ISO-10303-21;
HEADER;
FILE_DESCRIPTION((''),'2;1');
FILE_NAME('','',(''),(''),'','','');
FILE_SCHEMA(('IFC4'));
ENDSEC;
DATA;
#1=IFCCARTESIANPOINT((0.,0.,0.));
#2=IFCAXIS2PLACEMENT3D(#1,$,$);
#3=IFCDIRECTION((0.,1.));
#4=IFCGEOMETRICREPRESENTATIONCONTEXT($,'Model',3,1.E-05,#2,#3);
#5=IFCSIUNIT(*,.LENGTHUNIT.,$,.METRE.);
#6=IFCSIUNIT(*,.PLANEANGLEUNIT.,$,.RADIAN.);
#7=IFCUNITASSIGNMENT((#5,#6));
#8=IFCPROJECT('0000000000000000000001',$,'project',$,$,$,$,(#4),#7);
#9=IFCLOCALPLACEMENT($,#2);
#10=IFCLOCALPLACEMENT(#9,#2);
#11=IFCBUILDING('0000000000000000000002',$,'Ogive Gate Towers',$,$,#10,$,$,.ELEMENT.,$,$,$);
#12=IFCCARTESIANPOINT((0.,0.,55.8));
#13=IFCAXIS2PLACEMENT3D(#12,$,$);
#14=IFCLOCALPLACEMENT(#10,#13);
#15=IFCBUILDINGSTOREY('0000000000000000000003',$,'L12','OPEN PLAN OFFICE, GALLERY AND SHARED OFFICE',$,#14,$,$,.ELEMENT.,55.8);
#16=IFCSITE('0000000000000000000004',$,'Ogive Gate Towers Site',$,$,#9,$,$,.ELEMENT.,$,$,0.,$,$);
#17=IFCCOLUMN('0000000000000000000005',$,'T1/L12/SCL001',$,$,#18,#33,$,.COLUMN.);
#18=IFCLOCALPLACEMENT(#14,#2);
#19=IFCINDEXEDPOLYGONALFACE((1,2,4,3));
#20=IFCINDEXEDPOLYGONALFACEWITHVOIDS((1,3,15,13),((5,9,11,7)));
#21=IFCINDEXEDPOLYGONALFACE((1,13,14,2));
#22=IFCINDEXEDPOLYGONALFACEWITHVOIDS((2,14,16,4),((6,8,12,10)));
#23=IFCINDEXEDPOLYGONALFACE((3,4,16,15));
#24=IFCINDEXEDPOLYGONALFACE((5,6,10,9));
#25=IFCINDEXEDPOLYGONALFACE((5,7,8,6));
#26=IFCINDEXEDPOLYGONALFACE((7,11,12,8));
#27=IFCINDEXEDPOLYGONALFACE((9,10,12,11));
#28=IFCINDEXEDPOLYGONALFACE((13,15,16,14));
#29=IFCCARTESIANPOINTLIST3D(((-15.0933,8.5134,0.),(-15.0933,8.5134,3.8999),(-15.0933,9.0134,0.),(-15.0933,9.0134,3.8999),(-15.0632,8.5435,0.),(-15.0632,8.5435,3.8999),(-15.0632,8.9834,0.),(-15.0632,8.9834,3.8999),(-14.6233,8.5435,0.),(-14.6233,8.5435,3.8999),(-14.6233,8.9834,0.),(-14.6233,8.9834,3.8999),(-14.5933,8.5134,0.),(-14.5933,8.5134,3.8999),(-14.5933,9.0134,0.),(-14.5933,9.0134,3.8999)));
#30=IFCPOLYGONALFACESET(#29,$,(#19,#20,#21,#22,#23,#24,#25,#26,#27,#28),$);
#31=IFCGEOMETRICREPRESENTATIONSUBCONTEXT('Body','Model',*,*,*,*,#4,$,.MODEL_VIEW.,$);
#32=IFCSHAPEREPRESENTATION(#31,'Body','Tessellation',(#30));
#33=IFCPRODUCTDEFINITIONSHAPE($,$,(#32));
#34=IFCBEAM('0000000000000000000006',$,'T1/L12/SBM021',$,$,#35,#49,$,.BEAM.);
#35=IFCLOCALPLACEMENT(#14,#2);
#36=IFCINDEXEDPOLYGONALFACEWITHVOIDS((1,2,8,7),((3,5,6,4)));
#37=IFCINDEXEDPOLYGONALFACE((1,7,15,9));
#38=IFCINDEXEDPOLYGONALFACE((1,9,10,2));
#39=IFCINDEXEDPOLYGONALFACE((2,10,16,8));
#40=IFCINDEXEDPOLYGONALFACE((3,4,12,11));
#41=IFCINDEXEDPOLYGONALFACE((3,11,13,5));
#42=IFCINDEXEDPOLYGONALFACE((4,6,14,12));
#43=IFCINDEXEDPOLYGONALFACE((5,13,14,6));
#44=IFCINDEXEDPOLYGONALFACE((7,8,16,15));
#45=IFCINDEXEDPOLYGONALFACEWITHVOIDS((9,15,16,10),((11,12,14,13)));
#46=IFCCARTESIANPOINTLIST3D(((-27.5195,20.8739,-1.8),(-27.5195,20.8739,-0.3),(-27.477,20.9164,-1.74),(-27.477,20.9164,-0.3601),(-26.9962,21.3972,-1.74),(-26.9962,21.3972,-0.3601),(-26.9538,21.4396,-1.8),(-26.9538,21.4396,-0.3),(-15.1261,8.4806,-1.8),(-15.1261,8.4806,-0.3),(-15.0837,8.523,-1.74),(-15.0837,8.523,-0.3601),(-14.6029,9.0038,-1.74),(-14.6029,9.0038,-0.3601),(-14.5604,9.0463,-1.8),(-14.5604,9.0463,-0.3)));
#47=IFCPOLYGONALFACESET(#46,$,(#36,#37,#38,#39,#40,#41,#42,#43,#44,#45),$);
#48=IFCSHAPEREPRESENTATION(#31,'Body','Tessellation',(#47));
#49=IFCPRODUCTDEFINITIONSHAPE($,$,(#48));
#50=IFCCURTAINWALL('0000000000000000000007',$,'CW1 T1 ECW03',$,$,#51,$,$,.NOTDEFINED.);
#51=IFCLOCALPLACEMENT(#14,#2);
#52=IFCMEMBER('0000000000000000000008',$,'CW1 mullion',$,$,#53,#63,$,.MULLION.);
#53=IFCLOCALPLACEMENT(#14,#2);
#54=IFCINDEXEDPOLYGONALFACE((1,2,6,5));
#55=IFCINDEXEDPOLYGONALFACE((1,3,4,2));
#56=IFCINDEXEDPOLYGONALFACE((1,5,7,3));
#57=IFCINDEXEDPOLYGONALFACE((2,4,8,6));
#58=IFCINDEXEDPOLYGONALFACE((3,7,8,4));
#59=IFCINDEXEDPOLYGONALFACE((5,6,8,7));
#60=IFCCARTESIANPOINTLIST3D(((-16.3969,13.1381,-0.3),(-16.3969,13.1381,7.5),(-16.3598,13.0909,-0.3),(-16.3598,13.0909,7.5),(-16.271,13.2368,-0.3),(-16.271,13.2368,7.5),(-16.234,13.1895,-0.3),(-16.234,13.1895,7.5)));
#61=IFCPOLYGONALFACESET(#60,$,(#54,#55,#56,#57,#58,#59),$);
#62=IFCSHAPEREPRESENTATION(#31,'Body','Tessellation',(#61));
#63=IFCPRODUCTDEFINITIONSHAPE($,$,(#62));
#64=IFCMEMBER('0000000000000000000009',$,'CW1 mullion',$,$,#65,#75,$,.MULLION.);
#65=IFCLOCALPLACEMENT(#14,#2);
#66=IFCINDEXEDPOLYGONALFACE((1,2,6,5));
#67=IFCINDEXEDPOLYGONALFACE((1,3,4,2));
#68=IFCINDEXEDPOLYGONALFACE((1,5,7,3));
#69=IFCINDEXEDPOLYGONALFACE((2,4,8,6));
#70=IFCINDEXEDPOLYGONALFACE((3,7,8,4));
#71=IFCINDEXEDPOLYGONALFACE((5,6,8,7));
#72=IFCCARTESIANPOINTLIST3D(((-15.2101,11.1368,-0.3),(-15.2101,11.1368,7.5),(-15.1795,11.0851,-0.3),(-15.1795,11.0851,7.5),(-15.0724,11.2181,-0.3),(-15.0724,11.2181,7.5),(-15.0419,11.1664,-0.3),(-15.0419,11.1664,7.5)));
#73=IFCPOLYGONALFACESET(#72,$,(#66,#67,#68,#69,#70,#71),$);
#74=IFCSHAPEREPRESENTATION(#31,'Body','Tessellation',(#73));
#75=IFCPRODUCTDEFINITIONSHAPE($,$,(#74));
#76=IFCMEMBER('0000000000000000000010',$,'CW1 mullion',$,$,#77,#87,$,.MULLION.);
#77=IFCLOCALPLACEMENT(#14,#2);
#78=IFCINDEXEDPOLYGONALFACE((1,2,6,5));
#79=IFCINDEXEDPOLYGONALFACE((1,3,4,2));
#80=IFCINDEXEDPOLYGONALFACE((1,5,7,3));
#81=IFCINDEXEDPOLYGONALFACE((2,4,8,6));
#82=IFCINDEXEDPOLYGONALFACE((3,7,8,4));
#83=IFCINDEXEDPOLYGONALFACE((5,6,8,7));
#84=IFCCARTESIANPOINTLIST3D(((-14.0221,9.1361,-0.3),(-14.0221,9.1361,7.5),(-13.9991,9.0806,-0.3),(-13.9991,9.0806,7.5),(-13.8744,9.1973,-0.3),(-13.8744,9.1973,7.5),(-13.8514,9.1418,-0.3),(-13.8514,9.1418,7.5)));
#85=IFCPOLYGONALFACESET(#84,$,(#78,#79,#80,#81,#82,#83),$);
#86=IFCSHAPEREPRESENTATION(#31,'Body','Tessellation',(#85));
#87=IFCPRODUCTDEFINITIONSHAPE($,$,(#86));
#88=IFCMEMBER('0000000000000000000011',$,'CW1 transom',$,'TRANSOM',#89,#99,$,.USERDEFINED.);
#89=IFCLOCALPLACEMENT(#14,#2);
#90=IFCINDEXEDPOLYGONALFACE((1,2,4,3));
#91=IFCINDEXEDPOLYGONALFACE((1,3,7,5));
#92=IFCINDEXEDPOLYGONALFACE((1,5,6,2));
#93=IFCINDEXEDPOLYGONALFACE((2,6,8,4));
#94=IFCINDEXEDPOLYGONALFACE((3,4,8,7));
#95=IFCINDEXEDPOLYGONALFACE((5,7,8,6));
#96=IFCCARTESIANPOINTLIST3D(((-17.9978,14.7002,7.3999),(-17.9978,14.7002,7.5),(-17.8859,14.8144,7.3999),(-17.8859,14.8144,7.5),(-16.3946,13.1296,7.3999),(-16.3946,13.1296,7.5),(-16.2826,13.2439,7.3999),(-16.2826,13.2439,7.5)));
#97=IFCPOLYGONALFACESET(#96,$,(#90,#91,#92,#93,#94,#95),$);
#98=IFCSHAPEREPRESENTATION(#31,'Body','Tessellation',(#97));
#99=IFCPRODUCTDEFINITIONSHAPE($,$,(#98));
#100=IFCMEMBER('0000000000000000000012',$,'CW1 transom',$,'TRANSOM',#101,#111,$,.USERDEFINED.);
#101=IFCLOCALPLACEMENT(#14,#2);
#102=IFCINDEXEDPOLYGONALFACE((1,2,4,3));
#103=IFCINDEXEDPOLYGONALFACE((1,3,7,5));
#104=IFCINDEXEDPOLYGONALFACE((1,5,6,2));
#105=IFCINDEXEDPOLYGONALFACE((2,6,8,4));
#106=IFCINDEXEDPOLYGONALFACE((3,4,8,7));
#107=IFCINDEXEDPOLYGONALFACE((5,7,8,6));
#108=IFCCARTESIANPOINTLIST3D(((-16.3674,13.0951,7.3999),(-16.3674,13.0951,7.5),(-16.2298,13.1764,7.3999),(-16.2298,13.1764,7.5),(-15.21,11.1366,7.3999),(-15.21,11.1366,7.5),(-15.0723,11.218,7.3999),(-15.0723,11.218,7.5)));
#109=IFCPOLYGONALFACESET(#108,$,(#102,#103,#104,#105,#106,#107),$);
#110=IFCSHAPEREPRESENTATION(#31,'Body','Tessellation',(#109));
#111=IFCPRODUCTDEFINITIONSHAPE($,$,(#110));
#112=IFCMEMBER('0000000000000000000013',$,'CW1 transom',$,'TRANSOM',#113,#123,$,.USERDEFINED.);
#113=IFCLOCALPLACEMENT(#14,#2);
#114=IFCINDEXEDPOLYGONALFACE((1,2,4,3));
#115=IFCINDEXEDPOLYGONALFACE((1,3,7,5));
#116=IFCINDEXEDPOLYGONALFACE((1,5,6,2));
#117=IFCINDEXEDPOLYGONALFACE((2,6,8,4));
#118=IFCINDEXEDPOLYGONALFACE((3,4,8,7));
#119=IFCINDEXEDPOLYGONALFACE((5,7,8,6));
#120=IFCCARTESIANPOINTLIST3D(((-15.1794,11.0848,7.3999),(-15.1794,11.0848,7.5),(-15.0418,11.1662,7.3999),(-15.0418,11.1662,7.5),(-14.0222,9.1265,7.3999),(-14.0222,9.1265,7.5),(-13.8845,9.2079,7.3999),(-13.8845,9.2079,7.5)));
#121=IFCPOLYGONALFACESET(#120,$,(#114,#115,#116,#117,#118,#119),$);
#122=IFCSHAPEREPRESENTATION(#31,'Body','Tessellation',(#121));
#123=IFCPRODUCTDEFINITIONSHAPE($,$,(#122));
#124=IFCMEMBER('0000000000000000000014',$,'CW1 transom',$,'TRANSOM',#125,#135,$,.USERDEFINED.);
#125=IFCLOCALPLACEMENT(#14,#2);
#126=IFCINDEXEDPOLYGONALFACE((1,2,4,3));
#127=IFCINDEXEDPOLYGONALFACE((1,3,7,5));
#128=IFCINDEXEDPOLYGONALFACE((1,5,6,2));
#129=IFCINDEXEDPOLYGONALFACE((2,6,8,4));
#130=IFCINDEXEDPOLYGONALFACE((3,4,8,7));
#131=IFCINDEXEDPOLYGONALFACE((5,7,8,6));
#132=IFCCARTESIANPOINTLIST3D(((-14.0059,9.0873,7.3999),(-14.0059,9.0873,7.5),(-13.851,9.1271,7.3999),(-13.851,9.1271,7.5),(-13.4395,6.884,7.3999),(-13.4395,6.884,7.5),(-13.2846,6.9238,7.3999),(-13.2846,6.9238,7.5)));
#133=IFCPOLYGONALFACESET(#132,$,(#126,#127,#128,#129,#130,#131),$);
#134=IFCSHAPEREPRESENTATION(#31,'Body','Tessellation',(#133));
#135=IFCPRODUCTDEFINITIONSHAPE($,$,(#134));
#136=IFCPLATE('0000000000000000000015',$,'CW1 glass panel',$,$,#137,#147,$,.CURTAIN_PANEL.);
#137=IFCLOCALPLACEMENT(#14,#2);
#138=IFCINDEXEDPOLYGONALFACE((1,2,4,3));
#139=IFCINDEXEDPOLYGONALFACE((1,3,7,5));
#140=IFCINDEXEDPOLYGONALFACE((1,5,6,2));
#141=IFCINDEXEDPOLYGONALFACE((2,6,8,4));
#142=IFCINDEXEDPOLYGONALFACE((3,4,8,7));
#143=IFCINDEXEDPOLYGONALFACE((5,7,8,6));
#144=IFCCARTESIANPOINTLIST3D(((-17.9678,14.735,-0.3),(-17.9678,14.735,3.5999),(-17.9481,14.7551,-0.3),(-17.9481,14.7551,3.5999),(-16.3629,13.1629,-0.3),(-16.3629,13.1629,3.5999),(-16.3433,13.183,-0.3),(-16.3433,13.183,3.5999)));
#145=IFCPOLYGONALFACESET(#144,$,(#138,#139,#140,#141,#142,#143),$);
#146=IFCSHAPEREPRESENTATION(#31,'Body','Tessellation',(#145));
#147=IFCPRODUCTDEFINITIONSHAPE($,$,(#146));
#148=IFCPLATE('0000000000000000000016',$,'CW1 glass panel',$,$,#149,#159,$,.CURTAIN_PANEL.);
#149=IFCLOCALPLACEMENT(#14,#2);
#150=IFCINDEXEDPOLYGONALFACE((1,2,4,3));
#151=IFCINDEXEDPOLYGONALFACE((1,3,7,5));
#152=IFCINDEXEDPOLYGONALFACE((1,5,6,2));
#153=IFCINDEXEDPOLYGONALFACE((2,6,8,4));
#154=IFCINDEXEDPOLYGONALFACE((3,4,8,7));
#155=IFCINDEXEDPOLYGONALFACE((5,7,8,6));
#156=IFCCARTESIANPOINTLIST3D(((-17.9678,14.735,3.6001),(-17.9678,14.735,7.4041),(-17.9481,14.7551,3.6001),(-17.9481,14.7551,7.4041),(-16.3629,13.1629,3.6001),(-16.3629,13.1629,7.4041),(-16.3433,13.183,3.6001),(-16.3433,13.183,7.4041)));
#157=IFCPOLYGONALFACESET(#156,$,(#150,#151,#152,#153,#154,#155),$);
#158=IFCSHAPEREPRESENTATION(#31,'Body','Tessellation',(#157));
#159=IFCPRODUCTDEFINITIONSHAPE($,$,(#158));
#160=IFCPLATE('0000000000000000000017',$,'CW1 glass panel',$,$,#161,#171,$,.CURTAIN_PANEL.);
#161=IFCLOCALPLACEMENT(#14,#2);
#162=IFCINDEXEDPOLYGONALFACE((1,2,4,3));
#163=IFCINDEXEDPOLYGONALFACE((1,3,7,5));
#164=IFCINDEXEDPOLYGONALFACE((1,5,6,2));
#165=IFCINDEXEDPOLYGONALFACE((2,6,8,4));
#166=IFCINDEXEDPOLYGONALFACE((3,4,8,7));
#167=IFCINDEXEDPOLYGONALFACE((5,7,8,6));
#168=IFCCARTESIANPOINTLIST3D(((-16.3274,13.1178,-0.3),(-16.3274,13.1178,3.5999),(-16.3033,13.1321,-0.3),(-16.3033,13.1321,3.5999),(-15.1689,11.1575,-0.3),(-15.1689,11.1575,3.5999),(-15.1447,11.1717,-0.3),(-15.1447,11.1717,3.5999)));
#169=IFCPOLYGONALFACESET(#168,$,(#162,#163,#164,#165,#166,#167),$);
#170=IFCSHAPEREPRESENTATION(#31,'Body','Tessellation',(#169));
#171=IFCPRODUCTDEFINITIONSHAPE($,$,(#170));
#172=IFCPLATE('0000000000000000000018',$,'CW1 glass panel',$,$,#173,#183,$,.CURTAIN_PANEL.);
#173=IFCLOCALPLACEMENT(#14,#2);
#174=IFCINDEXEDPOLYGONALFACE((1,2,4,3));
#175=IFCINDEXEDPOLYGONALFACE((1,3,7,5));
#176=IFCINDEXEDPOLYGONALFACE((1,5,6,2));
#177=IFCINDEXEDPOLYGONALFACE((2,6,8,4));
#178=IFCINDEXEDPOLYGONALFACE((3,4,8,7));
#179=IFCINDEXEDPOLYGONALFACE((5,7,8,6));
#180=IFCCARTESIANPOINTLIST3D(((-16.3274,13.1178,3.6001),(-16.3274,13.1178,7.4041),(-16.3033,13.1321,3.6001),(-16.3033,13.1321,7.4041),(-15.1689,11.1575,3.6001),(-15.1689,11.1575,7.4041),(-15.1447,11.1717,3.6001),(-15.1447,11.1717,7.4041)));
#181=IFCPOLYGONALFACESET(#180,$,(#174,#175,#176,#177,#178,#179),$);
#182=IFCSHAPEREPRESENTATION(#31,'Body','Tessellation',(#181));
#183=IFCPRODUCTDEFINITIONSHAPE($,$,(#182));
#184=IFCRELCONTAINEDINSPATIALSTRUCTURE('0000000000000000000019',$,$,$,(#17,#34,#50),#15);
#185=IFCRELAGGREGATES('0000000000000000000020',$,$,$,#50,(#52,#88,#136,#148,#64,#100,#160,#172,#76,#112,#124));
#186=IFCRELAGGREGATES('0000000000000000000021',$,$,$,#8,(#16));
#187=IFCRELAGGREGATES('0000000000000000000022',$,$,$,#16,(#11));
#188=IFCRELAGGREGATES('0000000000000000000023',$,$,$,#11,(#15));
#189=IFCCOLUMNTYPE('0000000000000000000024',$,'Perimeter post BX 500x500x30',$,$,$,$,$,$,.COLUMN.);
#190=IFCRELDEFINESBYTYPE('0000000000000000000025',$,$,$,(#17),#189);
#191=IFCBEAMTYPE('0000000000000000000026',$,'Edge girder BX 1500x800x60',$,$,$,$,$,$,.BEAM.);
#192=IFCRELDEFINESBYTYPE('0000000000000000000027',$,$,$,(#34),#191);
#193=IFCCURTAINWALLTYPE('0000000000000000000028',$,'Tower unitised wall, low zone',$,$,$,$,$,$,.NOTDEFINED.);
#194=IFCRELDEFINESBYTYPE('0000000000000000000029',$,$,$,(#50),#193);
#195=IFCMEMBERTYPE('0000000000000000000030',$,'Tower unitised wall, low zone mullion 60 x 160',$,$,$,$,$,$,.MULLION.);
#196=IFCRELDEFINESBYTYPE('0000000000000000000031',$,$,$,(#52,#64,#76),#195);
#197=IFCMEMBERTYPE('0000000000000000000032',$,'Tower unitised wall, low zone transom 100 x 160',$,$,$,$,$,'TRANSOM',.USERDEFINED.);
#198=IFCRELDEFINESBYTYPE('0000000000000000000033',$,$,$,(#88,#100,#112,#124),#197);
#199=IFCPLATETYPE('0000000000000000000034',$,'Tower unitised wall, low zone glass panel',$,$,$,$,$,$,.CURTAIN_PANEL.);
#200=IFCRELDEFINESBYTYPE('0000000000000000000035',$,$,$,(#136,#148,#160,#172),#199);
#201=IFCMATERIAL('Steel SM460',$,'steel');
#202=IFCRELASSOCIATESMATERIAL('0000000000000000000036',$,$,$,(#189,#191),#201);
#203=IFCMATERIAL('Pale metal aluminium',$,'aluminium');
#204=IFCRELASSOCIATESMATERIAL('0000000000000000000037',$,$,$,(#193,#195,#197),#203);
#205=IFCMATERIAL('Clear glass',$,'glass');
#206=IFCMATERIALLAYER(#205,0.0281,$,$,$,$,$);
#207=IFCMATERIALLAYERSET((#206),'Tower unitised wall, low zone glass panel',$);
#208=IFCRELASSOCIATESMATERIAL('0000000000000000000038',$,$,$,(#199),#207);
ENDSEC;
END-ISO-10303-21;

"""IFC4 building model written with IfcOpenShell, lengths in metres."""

from ifc_helpers import new_model, si_unit, direction, frame, origin, origin_2d, place, context, subcontext, project, spatial, rectangle, hollow_rectangle, extrude, material, layer, layer_set, material_profile, profile_set, type_object, element, aggregate, save


model = new_model("IFC4")

# Units and contexts
model_context = context("Model", 3, precision=1e-05, world=origin(), true_north=direction((0.0, 1.0)))
body_context = subcontext(model_context, "Body", "Model", "MODEL_VIEW")
ifc_project = project(units=[si_unit("LENGTHUNIT", "METRE"), si_unit("PLANEANGLEUNIT", "RADIAN")], contexts=[model_context])

# Site, building, storey
site_placement = place(None, origin())
site = spatial("IfcSite", under=ifc_project, at=site_placement, Name="Ogive Gate Towers Site", CompositionType="ELEMENT", RefElevation=0.0)
building_placement = place(site_placement, origin())
building = spatial("IfcBuilding", under=site, at=building_placement, Name="Ogive Gate Towers", CompositionType="ELEMENT")
storey_placement = place(building_placement, frame((0.0, 0.0, 55.8)))
storey = spatial("IfcBuildingStorey", under=building, at=storey_placement, Name="L12", Description="OPEN PLAN OFFICE, GALLERY AND SHARED OFFICE", CompositionType="ELEMENT", Elevation=55.8)

# Column
ifc_material_1 = material(Name="Steel SM460", Category="steel")
ifc_material_profile_1 = material_profile(ifc_material_1, hollow_rectangle(XDim=0.5, YDim=0.5, WallThickness=0.03, at=origin_2d()), Name="BX 500x500x30")
ifc_profile_set_1 = profile_set([ifc_material_profile_1], Name="Steel SM460")
column_type = type_object("IfcColumnType", Name="Perimeter post BX 500x500x30", PredefinedType="COLUMN", material=ifc_profile_set_1)
column_placement = place(storey_placement, frame((-14.8433, 8.7634, 0.0), z_axis=(0.0, 0.0, 1.0), x_axis=(1.0, 0.0, 0.0)))
element("IfcColumn", 1, at=column_placement, inside=storey, type_object=column_type, Name="T1/L12/SCL001", PredefinedType="COLUMN", context=body_context, shape_type="SweptSolid", body=[
    extrude(hollow_rectangle(XDim=0.5, YDim=0.5, WallThickness=0.03, at=origin_2d()), origin(), (0.0, 0.0, 1.0), 3.8999),
])

# Beam
ifc_material_profile_2 = material_profile(ifc_material_1, hollow_rectangle(XDim=0.8, YDim=1.5, WallThickness=0.0601, at=origin_2d()), Name="BX 1500x800x60")
ifc_profile_set_2 = profile_set([ifc_material_profile_2], Name="Steel SM460")
beam_type = type_object("IfcBeamType", Name="Edge girder BX 1500x800x60", PredefinedType="BEAM", material=ifc_profile_set_2)
beam_placement = place(storey_placement, frame((-14.8433, 8.7634, -1.05), z_axis=(-0.707107, 0.707107, 0.0), x_axis=(-0.707107, -0.707107, 0.0)))
element("IfcBeam", 2, at=beam_placement, inside=storey, type_object=beam_type, Name="T1/L12/SBM021", PredefinedType="BEAM", context=body_context, shape_type="SweptSolid", body=[
    extrude(hollow_rectangle(XDim=0.8, YDim=1.5, WallThickness=0.0601, at=origin_2d()), origin(), (0.0, 0.0, 1.0), 17.5269),
])

# Curtain wall, members, plates
ifc_material_2 = material(Name="Pale metal aluminium", Category="aluminium")
curtain_wall_type = type_object("IfcCurtainWallType", Name="Tower unitised wall, low zone", PredefinedType="NOTDEFINED", material=ifc_material_2)
curtain_wall_placement = place(storey_placement, origin())
curtain_wall = element("IfcCurtainWall", 3, at=curtain_wall_placement, inside=storey, type_object=curtain_wall_type, Name="CW1 T1 ECW03", PredefinedType="NOTDEFINED")
ifc_material_profile_3 = material_profile(ifc_material_2, rectangle(XDim=0.1599, YDim=0.0601, at=origin_2d()), Name="60 x 160 aluminium box")
ifc_profile_set_3 = profile_set([ifc_material_profile_3], Name="Pale metal aluminium")
member_type_1 = type_object("IfcMemberType", Name="Tower unitised wall, low zone mullion 60 x 160", PredefinedType="MULLION", material=ifc_profile_set_3)
member_1_placement = place(storey_placement, frame((-16.3154, 13.1638, -0.3), z_axis=(0.0, 0.0, 1.0), x_axis=(-0.787075, -0.616857, 0.0)))
member_1 = element("IfcMember", 4, at=member_1_placement, type_object=member_type_1, Name="CW1 mullion", PredefinedType="MULLION", context=body_context, shape_type="SweptSolid", body=[
    extrude(rectangle(XDim=0.1599, YDim=0.0601, at=origin_2d()), origin(), (0.0, 0.0, 1.0), 7.8),
])
member_2_placement = place(storey_placement, frame((-15.126, 11.1516, -0.3), z_axis=(0.0, 0.0, 1.0), x_axis=(-0.860902, -0.508771, 0.0)))
member_2 = element("IfcMember", 5, at=member_2_placement, type_object=member_type_1, Name="CW1 mullion", PredefinedType="MULLION", context=body_context, shape_type="SweptSolid", body=[
    extrude(rectangle(XDim=0.1599, YDim=0.0601, at=origin_2d()), origin(), (0.0, 0.0, 1.0), 7.8),
])
member_3_placement = place(storey_placement, frame((-13.9368, 9.1389, -0.3), z_axis=(0.0, 0.0, 1.0), x_axis=(-0.92388, -0.382683, 0.0)))
member_3 = element("IfcMember", 6, at=member_3_placement, type_object=member_type_1, Name="CW1 mullion", PredefinedType="MULLION", context=body_context, shape_type="SweptSolid", body=[
    extrude(rectangle(XDim=0.1599, YDim=0.0601, at=origin_2d()), origin(), (0.0, 0.0, 1.0), 7.8),
])
ifc_material_profile_4 = material_profile(ifc_material_2, rectangle(XDim=0.1599, YDim=0.1001, at=origin_2d()), Name="100 x 160 aluminium box")
ifc_profile_set_4 = profile_set([ifc_material_profile_4], Name="Pale metal aluminium")
member_type_2 = type_object("IfcMemberType", Name="Tower unitised wall, low zone transom 100 x 160", ElementType="TRANSOM", PredefinedType="USERDEFINED", material=ifc_profile_set_4)
member_4_placement = place(storey_placement, frame((-17.9419, 14.7573, 7.45), z_axis=(0.714357, -0.699781, 0.0), x_axis=(0.699781, 0.714357, 0.0)))
member_4 = element("IfcMember", 7, at=member_4_placement, type_object=member_type_2, Name="CW1 transom", ObjectType="TRANSOM", PredefinedType="USERDEFINED", context=body_context, shape_type="SweptSolid", body=[
    extrude(rectangle(XDim=0.1599, YDim=0.1001, at=origin_2d()), origin(), (0.0, 0.0, 1.0), 2.2444),
])
member_5_placement = place(storey_placement, frame((-16.2986, 13.1357, 7.45), z_axis=(0.508787, -0.860892, 0.0), x_axis=(0.860892, 0.508787, 0.0)))
member_5 = element("IfcMember", 8, at=member_5_placement, type_object=member_type_2, Name="CW1 transom", ObjectType="TRANSOM", PredefinedType="USERDEFINED", context=body_context, shape_type="SweptSolid", body=[
    extrude(rectangle(XDim=0.1599, YDim=0.1001, at=origin_2d()), origin(), (0.0, 0.0, 1.0), 2.2749),
])
member_6_placement = place(storey_placement, frame((-15.1106, 11.1255, 7.45), z_axis=(0.508755, -0.860912, 0.0), x_axis=(0.860912, 0.508755, 0.0)))
member_6 = element("IfcMember", 9, at=member_6_placement, type_object=member_type_2, Name="CW1 transom", ObjectType="TRANSOM", PredefinedType="USERDEFINED", context=body_context, shape_type="SweptSolid", body=[
    extrude(rectangle(XDim=0.1599, YDim=0.1001, at=origin_2d()), origin(), (0.0, 0.0, 1.0), 2.2747),
])
member_7_placement = place(storey_placement, frame((-13.9285, 9.1072, 7.45), z_axis=(0.248969, -0.968511, 0.0), x_axis=(0.968511, 0.248969, 0.0)))
member_7 = element("IfcMember", 10, at=member_7_placement, type_object=member_type_2, Name="CW1 transom", ObjectType="TRANSOM", PredefinedType="USERDEFINED", context=body_context, shape_type="SweptSolid", body=[
    extrude(rectangle(XDim=0.1599, YDim=0.1001, at=origin_2d()), origin(), (0.0, 0.0, 1.0), 2.2749),
])
ifc_material_3 = material(Name="Clear glass", Category="glass")
ifc_layer_1 = layer(ifc_material_3, 0.0281)
ifc_layer_set_1 = layer_set([ifc_layer_1], Name="Tower unitised wall, low zone glass panel")
plate_type = type_object("IfcPlateType", Name="Tower unitised wall, low zone glass panel", PredefinedType="CURTAIN_PANEL", material=ifc_layer_set_1)
plate_1_placement = place(storey_placement, frame((-17.1555, 13.959, -0.3), z_axis=(0.0, 0.0, 1.0), x_axis=(0.714363, -0.699776, 0.0)))
plate_1 = element("IfcPlate", 11, at=plate_1_placement, type_object=plate_type, Name="CW1 glass panel", PredefinedType="CURTAIN_PANEL", context=body_context, shape_type="SweptSolid", body=[
    extrude(rectangle(XDim=2.2466, YDim=0.0281, at=origin_2d()), origin(), (0.0, 0.0, 1.0), 3.8999),
])
plate_2_placement = place(storey_placement, frame((-17.1555, 13.959, 3.6001), z_axis=(0.0, 0.0, 1.0), x_axis=(0.714363, -0.699776, 0.0)))
plate_2 = element("IfcPlate", 12, at=plate_2_placement, type_object=plate_type, Name="CW1 glass panel", PredefinedType="CURTAIN_PANEL", context=body_context, shape_type="SweptSolid", body=[
    extrude(rectangle(XDim=2.2466, YDim=0.0281, at=origin_2d()), origin(), (0.0, 0.0, 1.0), 3.804),
])
plate_3_placement = place(storey_placement, frame((-15.7361, 12.1448, -0.3), z_axis=(0.0, 0.0, 1.0), x_axis=(0.508771, -0.860902, 0.0)))
plate_3 = element("IfcPlate", 13, at=plate_3_placement, type_object=plate_type, Name="CW1 glass panel", PredefinedType="CURTAIN_PANEL", context=body_context, shape_type="SweptSolid", body=[
    extrude(rectangle(XDim=2.2771, YDim=0.0281, at=origin_2d()), origin(), (0.0, 0.0, 1.0), 3.8999),
])
plate_4_placement = place(storey_placement, frame((-15.7361, 12.1448, 3.6001), z_axis=(0.0, 0.0, 1.0), x_axis=(0.508771, -0.860902, 0.0)))
plate_4 = element("IfcPlate", 14, at=plate_4_placement, type_object=plate_type, Name="CW1 glass panel", PredefinedType="CURTAIN_PANEL", context=body_context, shape_type="SweptSolid", body=[
    extrude(rectangle(XDim=2.2771, YDim=0.0281, at=origin_2d()), origin(), (0.0, 0.0, 1.0), 3.804),
])
aggregate(curtain_wall, [member_1, member_4, plate_1, plate_2, member_2, member_5, plate_3, plate_4, member_3, member_6, member_7])

save(model, "model.ifc")
